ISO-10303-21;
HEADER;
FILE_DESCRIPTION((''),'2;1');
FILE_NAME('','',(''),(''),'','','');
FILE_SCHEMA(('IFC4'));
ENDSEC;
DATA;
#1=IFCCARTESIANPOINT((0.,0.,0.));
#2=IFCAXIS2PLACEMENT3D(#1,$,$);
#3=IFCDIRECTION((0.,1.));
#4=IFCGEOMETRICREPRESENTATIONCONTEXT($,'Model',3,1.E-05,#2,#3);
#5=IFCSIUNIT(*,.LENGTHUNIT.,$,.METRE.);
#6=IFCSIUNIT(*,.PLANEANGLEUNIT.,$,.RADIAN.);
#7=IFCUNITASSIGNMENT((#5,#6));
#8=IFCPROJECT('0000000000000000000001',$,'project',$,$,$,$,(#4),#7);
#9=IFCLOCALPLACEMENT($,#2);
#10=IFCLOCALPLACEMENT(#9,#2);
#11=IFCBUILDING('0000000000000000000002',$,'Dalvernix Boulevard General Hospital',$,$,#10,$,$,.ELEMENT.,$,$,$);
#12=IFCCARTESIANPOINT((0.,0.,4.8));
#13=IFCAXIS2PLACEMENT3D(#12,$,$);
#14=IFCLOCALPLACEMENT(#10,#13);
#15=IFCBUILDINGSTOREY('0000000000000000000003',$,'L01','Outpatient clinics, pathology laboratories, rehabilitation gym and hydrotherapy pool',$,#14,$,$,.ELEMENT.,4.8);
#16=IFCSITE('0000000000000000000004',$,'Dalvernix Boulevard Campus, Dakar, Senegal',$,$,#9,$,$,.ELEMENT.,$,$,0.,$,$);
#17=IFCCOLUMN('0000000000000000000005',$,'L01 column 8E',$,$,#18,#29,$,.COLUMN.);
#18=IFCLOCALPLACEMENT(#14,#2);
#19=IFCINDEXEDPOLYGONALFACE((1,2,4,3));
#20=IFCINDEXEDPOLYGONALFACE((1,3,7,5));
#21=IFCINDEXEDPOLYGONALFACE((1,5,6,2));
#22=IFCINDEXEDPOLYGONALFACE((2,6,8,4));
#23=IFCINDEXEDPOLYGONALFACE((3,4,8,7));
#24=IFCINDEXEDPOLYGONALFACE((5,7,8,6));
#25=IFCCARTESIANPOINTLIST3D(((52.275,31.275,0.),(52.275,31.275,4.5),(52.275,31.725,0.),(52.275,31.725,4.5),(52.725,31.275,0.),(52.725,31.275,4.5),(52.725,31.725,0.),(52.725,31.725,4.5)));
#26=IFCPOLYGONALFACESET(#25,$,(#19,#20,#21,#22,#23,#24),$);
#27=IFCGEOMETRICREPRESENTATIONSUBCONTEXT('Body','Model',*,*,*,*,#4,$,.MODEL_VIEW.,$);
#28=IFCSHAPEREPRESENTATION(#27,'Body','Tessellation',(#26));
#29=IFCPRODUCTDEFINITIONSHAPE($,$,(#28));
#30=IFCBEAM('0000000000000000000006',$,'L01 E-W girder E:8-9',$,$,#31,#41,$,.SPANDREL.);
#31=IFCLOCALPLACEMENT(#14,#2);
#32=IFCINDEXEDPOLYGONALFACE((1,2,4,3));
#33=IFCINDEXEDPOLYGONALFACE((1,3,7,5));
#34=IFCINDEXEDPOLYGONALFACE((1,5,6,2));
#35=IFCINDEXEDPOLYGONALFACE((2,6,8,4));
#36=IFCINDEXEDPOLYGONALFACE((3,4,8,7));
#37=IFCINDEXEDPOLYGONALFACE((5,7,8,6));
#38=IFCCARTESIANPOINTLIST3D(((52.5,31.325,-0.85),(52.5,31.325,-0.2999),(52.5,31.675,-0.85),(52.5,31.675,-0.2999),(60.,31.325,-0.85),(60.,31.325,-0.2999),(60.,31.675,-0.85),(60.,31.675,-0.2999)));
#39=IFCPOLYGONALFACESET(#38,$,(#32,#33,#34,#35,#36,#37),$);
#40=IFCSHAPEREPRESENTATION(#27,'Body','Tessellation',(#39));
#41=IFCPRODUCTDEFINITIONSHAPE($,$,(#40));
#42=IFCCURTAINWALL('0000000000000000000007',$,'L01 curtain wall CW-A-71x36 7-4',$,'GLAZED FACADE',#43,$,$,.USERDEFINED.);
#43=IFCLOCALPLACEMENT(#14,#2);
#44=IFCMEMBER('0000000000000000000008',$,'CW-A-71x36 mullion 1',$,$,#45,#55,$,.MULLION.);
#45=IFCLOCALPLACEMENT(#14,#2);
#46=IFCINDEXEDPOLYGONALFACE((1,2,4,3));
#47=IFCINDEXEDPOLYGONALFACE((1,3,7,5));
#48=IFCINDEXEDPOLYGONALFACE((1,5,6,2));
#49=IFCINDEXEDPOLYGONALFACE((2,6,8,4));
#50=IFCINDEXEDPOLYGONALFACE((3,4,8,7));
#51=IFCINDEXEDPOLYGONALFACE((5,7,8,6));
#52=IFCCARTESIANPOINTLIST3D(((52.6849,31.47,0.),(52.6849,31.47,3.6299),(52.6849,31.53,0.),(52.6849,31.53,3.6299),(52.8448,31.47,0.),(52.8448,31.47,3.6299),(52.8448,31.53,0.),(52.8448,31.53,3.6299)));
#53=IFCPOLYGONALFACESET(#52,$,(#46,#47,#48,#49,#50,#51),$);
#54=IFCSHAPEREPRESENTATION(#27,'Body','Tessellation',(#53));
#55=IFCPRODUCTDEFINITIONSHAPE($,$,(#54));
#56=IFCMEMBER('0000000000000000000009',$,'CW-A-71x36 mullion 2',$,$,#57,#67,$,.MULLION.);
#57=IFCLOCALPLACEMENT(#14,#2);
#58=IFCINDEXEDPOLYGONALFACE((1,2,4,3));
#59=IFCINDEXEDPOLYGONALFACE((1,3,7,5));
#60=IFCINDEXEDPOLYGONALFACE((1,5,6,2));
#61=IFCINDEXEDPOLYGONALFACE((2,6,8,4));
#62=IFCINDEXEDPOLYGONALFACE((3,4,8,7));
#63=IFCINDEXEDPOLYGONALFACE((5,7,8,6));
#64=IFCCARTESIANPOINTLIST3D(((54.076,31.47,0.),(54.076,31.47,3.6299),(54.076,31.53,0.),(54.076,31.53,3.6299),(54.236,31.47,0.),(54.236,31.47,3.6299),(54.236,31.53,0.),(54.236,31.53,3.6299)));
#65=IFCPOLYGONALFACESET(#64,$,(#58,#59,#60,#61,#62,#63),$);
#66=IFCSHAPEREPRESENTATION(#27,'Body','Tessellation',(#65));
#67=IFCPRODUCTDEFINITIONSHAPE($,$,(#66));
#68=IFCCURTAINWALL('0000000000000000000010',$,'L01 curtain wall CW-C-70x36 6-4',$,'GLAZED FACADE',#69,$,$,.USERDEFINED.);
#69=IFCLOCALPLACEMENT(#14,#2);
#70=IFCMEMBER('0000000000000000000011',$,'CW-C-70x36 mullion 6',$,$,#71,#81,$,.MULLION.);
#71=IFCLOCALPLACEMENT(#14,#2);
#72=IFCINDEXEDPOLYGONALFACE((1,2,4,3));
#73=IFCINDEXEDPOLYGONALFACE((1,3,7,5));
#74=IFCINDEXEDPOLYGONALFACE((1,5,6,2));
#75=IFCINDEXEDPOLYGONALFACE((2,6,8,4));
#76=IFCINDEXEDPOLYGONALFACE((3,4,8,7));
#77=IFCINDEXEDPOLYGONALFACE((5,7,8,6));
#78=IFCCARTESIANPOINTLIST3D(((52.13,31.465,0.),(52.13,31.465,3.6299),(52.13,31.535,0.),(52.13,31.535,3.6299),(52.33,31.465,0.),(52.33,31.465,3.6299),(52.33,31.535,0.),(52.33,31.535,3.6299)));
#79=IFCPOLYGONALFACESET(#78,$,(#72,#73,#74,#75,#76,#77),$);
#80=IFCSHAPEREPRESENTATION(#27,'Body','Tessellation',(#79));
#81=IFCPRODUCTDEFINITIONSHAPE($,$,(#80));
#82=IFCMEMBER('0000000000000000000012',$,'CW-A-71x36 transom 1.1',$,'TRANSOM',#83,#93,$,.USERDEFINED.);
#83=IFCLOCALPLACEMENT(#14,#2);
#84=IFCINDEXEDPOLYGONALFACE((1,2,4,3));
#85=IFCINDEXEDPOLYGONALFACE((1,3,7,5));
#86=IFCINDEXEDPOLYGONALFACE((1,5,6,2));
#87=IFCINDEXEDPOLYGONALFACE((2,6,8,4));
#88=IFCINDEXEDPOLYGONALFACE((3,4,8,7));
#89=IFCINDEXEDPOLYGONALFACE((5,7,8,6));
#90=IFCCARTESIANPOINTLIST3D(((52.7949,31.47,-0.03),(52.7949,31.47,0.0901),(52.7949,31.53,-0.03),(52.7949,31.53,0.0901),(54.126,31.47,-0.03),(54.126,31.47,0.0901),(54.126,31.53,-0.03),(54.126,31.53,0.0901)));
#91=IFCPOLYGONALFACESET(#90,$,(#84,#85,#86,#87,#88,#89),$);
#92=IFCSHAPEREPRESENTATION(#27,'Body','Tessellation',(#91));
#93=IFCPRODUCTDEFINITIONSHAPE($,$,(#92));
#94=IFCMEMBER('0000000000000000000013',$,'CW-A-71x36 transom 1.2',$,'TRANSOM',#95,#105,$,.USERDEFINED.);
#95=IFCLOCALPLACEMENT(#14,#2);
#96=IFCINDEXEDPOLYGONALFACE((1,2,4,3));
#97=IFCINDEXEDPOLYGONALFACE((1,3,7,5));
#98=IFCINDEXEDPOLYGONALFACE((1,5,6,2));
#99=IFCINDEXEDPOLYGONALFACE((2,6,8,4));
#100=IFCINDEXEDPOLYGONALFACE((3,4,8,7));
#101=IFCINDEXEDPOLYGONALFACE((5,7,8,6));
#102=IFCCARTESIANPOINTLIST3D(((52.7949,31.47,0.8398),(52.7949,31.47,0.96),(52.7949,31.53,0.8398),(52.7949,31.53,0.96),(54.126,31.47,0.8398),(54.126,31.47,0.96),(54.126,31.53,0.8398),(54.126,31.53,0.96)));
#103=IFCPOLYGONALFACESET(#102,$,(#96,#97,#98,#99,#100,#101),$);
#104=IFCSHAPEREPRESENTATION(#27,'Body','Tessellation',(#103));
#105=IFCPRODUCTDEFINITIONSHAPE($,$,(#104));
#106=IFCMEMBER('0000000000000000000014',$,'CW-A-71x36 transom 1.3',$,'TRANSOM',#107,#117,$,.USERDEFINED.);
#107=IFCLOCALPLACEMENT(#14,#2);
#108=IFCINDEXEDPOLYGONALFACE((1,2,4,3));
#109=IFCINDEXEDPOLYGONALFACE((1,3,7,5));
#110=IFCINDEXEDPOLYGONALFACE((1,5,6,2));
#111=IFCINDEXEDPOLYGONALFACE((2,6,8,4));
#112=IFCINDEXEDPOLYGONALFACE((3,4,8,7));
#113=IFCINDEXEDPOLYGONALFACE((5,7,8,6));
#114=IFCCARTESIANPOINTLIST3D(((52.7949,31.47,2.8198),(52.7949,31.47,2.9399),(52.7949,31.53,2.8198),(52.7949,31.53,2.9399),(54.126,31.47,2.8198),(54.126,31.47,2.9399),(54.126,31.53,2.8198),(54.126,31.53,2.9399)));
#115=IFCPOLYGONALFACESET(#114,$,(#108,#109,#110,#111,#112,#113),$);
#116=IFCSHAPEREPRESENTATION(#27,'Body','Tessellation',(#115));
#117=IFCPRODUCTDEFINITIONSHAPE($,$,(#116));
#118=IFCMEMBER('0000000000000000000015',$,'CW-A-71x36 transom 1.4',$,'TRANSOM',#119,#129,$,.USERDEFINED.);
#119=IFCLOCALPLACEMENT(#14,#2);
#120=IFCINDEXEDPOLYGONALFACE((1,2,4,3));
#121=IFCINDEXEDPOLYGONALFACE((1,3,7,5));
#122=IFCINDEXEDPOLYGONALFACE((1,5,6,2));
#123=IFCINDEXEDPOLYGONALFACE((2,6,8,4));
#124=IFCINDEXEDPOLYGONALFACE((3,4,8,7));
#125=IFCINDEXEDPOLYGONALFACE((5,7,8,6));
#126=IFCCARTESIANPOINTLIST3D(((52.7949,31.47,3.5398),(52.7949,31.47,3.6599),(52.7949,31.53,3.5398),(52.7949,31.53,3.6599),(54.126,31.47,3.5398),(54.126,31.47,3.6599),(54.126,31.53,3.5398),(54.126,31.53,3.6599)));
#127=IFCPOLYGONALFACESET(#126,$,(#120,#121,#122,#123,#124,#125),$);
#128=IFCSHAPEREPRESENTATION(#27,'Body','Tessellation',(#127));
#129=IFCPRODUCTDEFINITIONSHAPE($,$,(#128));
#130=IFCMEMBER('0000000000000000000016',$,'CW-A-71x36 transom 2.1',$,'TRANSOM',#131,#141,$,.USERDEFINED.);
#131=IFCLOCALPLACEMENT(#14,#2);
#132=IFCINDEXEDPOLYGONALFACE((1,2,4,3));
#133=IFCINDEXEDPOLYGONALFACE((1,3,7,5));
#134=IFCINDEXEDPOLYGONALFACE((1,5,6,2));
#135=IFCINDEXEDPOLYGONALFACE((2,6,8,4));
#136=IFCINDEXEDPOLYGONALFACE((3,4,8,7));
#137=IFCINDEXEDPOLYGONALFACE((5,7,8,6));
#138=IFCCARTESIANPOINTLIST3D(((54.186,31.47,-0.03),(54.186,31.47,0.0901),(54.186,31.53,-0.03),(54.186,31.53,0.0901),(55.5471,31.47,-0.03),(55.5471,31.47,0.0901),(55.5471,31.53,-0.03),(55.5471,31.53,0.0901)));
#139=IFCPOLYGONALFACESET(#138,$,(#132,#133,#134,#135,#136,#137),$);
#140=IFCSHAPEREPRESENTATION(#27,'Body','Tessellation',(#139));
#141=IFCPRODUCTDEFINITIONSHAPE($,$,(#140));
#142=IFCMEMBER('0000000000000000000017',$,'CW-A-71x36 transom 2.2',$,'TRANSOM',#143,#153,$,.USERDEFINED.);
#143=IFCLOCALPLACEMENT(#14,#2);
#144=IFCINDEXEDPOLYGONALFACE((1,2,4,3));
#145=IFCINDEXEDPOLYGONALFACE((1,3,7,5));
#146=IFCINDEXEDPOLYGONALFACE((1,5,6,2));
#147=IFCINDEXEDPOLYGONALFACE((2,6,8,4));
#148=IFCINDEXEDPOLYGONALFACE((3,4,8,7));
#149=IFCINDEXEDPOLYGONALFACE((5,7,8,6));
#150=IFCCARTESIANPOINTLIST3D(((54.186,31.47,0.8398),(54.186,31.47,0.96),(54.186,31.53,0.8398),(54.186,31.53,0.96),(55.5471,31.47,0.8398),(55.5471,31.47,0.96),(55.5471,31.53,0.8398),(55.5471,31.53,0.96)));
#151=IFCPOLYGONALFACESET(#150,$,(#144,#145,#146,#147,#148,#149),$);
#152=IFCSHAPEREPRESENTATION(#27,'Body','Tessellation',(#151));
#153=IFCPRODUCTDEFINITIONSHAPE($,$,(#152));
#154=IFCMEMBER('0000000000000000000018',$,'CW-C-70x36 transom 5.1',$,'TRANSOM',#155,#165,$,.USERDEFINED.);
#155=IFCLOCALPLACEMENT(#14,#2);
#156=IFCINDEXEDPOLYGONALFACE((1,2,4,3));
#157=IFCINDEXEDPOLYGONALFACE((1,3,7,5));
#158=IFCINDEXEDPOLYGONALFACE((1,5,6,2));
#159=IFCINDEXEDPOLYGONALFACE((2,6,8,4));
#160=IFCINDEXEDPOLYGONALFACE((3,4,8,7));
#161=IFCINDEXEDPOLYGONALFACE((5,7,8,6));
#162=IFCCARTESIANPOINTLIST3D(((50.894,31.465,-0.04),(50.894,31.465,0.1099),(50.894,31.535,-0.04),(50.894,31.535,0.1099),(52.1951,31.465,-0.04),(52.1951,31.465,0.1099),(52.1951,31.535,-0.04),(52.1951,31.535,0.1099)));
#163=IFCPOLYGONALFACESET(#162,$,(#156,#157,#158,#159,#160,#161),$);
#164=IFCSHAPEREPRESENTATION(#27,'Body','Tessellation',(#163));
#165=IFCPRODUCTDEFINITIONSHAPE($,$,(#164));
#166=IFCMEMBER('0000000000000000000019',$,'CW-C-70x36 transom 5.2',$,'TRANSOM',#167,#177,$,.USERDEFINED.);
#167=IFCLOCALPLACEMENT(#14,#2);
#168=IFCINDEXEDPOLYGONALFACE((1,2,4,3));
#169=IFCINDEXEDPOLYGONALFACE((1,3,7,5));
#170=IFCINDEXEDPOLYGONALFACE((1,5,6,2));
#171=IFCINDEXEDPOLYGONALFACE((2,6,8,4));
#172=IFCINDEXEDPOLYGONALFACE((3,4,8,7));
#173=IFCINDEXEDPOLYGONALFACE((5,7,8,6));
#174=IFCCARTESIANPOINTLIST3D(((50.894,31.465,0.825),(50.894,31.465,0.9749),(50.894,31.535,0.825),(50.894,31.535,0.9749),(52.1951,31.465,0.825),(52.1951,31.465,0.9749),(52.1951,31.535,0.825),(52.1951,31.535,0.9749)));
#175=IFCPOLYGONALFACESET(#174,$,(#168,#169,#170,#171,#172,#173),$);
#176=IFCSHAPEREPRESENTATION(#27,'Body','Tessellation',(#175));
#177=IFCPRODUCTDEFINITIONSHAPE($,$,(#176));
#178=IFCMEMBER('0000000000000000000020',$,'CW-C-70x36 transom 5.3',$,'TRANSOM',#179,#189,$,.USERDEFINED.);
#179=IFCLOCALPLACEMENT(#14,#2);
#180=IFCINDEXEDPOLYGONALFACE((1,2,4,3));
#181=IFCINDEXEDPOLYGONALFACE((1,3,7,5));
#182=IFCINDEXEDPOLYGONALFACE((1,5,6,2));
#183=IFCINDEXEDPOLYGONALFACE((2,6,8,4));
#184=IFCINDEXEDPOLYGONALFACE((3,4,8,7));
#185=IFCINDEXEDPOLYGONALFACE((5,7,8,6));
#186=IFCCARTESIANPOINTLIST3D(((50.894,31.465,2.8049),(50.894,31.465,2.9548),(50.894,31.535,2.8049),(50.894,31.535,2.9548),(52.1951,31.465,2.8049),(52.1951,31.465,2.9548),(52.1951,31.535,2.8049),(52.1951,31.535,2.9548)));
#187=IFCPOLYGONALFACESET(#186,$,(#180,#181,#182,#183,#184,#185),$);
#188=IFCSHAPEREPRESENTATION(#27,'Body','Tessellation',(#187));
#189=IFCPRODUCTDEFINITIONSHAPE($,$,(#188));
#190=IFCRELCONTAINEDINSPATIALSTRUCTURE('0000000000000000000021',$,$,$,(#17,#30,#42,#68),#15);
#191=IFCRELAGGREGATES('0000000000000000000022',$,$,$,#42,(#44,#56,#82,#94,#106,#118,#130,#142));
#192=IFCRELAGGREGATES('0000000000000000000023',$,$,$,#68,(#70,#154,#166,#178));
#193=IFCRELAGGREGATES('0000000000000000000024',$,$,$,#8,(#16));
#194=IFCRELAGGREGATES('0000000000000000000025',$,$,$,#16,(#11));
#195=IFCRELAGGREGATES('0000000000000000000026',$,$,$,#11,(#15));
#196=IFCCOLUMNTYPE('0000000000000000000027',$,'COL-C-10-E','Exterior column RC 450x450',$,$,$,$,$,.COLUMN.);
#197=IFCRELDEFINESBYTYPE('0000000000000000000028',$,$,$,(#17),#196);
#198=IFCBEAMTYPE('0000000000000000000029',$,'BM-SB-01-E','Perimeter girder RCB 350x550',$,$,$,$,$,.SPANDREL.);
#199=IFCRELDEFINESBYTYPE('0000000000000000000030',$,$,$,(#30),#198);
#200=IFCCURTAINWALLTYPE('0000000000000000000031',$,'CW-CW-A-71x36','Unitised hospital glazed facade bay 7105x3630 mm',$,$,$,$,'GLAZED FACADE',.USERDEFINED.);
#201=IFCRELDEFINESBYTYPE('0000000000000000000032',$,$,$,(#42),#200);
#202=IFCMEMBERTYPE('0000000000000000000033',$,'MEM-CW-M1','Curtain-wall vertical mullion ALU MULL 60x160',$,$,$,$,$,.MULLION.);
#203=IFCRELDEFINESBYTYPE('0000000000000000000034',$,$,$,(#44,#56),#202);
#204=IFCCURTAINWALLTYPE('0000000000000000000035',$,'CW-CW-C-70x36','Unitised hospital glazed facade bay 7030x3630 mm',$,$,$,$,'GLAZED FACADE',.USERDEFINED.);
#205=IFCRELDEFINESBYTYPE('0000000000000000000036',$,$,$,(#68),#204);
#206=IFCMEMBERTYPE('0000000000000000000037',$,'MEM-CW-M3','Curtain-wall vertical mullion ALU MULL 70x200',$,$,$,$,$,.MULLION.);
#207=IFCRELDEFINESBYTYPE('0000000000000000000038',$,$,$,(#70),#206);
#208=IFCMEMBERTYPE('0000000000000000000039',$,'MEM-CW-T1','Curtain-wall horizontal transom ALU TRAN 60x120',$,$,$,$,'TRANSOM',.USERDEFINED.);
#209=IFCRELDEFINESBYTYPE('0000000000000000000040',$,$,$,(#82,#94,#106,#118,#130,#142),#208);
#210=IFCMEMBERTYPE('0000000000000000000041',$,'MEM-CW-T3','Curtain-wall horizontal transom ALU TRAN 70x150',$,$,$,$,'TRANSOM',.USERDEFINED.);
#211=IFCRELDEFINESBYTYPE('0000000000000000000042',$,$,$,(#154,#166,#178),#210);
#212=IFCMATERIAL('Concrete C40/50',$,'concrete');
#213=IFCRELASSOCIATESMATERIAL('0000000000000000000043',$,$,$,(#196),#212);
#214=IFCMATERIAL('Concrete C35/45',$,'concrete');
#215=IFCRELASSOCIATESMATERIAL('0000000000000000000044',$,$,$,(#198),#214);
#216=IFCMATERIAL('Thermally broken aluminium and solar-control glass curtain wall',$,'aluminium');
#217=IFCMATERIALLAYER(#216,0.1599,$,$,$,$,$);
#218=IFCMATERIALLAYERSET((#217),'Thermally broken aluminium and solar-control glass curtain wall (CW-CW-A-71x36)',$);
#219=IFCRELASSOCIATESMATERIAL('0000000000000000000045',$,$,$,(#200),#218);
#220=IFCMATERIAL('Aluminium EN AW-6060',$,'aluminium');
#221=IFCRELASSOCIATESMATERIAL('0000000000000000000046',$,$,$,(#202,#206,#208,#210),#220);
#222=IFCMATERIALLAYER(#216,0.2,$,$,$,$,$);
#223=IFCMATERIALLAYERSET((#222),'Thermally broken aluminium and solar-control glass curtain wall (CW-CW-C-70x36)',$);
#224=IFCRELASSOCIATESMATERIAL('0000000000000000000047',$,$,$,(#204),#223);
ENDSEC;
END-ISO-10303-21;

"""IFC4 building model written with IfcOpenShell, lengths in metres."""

from ifc_helpers import new_model, si_unit, direction, frame, origin, origin_2d, place, context, subcontext, project, spatial, rectangle, extrude, material, layer, layer_set, material_profile, profile_set, type_object, element, aggregate, save


model = new_model("IFC4")

# Units and contexts
model_context = context("Model", 3, precision=1e-05, world=origin(), true_north=direction((0.0, 1.0)))
body_context = subcontext(model_context, "Body", "Model", "MODEL_VIEW")
ifc_project = project(units=[si_unit("LENGTHUNIT", "METRE"), si_unit("PLANEANGLEUNIT", "RADIAN")], contexts=[model_context])

# Site, building, storey
site_placement = place(None, origin())
site = spatial("IfcSite", under=ifc_project, at=site_placement, Name="Dalvernix Boulevard Campus, Dakar, Senegal", CompositionType="ELEMENT", RefElevation=0.0)
building_placement = place(site_placement, origin())
building = spatial("IfcBuilding", under=site, at=building_placement, Name="Dalvernix Boulevard General Hospital", CompositionType="ELEMENT")
storey_placement = place(building_placement, frame((0.0, 0.0, 4.8)))
storey = spatial("IfcBuildingStorey", under=building, at=storey_placement, Name="L01", Description="Outpatient clinics, pathology laboratories, rehabilitation gym and hydrotherapy pool", CompositionType="ELEMENT", Elevation=4.8)

# Column
ifc_material_1 = material(Name="Concrete C40/50", Category="concrete")
ifc_material_profile_1 = material_profile(ifc_material_1, rectangle(XDim=0.45, YDim=0.45, at=origin_2d()), Name="RC 450x450")
ifc_profile_set_1 = profile_set([ifc_material_profile_1], Name="Concrete C40/50")
column_type = type_object("IfcColumnType", Name="COL-C-10-E", Description="Exterior column RC 450x450", PredefinedType="COLUMN", material=ifc_profile_set_1)
column_placement = place(storey_placement, frame((52.5, 31.5, 0.0), z_axis=(0.0, 0.0, 1.0), x_axis=(1.0, 0.0, 0.0)))
element("IfcColumn", 1, at=column_placement, inside=storey, type_object=column_type, Name="L01 column 8E", PredefinedType="COLUMN", context=body_context, shape_type="SweptSolid", body=[
    extrude(rectangle(XDim=0.45, YDim=0.45, at=origin_2d()), origin(), (0.0, 0.0, 1.0), 4.5),
])

# Beam
ifc_material_2 = material(Name="Concrete C35/45", Category="concrete")
ifc_material_profile_2 = material_profile(ifc_material_2, rectangle(XDim=0.3501, YDim=0.55, at=origin_2d()), Name="RCB 350x550")
ifc_profile_set_2 = profile_set([ifc_material_profile_2], Name="Concrete C35/45")
beam_type = type_object("IfcBeamType", Name="BM-SB-01-E", Description="Perimeter girder RCB 350x550", PredefinedType="SPANDREL", material=ifc_profile_set_2)
beam_placement = place(storey_placement, frame((52.5, 31.5, -0.575), z_axis=(1.0, 0.0, 0.0), x_axis=(0.0, 1.0, 0.0)))
element("IfcBeam", 2, at=beam_placement, inside=storey, type_object=beam_type, Name="L01 E-W girder E:8-9", PredefinedType="SPANDREL", context=body_context, shape_type="SweptSolid", body=[
    extrude(rectangle(XDim=0.3501, YDim=0.55, at=origin_2d()), origin(), (0.0, 0.0, 1.0), 7.5),
])

# Curtain wall, members
ifc_material_3 = material(Name="Thermally broken aluminium and solar-control glass curtain wall", Category="aluminium")
ifc_layer_1 = layer(ifc_material_3, 0.1599)
ifc_layer_set_1 = layer_set([ifc_layer_1], Name="Thermally broken aluminium and solar-control glass curtain wall (CW-CW-A-71x36)")
curtain_wall_type_1 = type_object("IfcCurtainWallType", Name="CW-CW-A-71x36", Description="Unitised hospital glazed facade bay 7105x3630 mm", ElementType="GLAZED FACADE", PredefinedType="USERDEFINED", material=ifc_layer_set_1)
curtain_wall_1_placement = place(storey_placement, origin())
curtain_wall_1 = element("IfcCurtainWall", 3, at=curtain_wall_1_placement, inside=storey, type_object=curtain_wall_type_1, Name="L01 curtain wall CW-A-71x36 7-4", ObjectType="GLAZED FACADE", PredefinedType="USERDEFINED")
ifc_material_4 = material(Name="Aluminium EN AW-6060", Category="aluminium")
ifc_material_profile_3 = material_profile(ifc_material_4, rectangle(XDim=0.0601, YDim=0.1599, at=origin_2d()), Name="ALU MULL 60x160")
ifc_profile_set_3 = profile_set([ifc_material_profile_3], Name="Aluminium EN AW-6060")
member_type_1 = type_object("IfcMemberType", Name="MEM-CW-M1", Description="Curtain-wall vertical mullion ALU MULL 60x160", PredefinedType="MULLION", material=ifc_profile_set_3)
member_1_placement = place(storey_placement, frame((52.7649, 31.5, 0.0), z_axis=(0.0, 0.0, 1.0), x_axis=(0.0, 1.0, 0.0)))
member_1 = element("IfcMember", 4, at=member_1_placement, type_object=member_type_1, Name="CW-A-71x36 mullion 1", PredefinedType="MULLION", context=body_context, shape_type="SweptSolid", body=[
    extrude(rectangle(XDim=0.0601, YDim=0.1599, at=origin_2d()), origin(), (0.0, 0.0, 1.0), 3.6299),
])
member_2_placement = place(storey_placement, frame((54.156, 31.5, 0.0), z_axis=(0.0, 0.0, 1.0), x_axis=(0.0, 1.0, 0.0)))
member_2 = element("IfcMember", 5, at=member_2_placement, type_object=member_type_1, Name="CW-A-71x36 mullion 2", PredefinedType="MULLION", context=body_context, shape_type="SweptSolid", body=[
    extrude(rectangle(XDim=0.0601, YDim=0.1599, at=origin_2d()), origin(), (0.0, 0.0, 1.0), 3.6299),
])

# Curtain wall, member
ifc_layer_2 = layer(ifc_material_3, 0.2)
ifc_layer_set_2 = layer_set([ifc_layer_2], Name="Thermally broken aluminium and solar-control glass curtain wall (CW-CW-C-70x36)")
curtain_wall_type_2 = type_object("IfcCurtainWallType", Name="CW-CW-C-70x36", Description="Unitised hospital glazed facade bay 7030x3630 mm", ElementType="GLAZED FACADE", PredefinedType="USERDEFINED", material=ifc_layer_set_2)
curtain_wall_2_placement = place(storey_placement, origin())
curtain_wall_2 = element("IfcCurtainWall", 6, at=curtain_wall_2_placement, inside=storey, type_object=curtain_wall_type_2, Name="L01 curtain wall CW-C-70x36 6-4", ObjectType="GLAZED FACADE", PredefinedType="USERDEFINED")
ifc_material_profile_4 = material_profile(ifc_material_4, rectangle(XDim=0.0701, YDim=0.2, at=origin_2d()), Name="ALU MULL 70x200")
ifc_profile_set_4 = profile_set([ifc_material_profile_4], Name="Aluminium EN AW-6060")
member_type_2 = type_object("IfcMemberType", Name="MEM-CW-M3", Description="Curtain-wall vertical mullion ALU MULL 70x200", PredefinedType="MULLION", material=ifc_profile_set_4)
member_3_placement = place(storey_placement, frame((52.23, 31.5, 0.0), z_axis=(0.0, 0.0, 1.0), x_axis=(0.0, 1.0, 0.0)))
member_3 = element("IfcMember", 7, at=member_3_placement, type_object=member_type_2, Name="CW-C-70x36 mullion 6", PredefinedType="MULLION", context=body_context, shape_type="SweptSolid", body=[
    extrude(rectangle(XDim=0.0701, YDim=0.2, at=origin_2d()), origin(), (0.0, 0.0, 1.0), 3.6299),
])

# Members
ifc_material_profile_5 = material_profile(ifc_material_4, rectangle(XDim=0.0601, YDim=0.1201, at=origin_2d()), Name="ALU TRAN 60x120")
ifc_profile_set_5 = profile_set([ifc_material_profile_5], Name="Aluminium EN AW-6060")
member_type_3 = type_object("IfcMemberType", Name="MEM-CW-T1", Description="Curtain-wall horizontal transom ALU TRAN 60x120", ElementType="TRANSOM", PredefinedType="USERDEFINED", material=ifc_profile_set_5)
member_4_placement = place(storey_placement, frame((52.7949, 31.5, 0.03), z_axis=(1.0, 0.0, 0.0), x_axis=(0.0, 1.0, 0.0)))
member_4 = element("IfcMember", 8, at=member_4_placement, type_object=member_type_3, Name="CW-A-71x36 transom 1.1", ObjectType="TRANSOM", PredefinedType="USERDEFINED", context=body_context, shape_type="SweptSolid", body=[
    extrude(rectangle(XDim=0.0601, YDim=0.1201, at=origin_2d()), origin(), (0.0, 0.0, 1.0), 1.3311),
])
member_5_placement = place(storey_placement, frame((52.7949, 31.5, 0.8999), z_axis=(1.0, 0.0, 0.0), x_axis=(0.0, 1.0, 0.0)))
member_5 = element("IfcMember", 9, at=member_5_placement, type_object=member_type_3, Name="CW-A-71x36 transom 1.2", ObjectType="TRANSOM", PredefinedType="USERDEFINED", context=body_context, shape_type="SweptSolid", body=[
    extrude(rectangle(XDim=0.0601, YDim=0.1201, at=origin_2d()), origin(), (0.0, 0.0, 1.0), 1.3311),
])
member_6_placement = place(storey_placement, frame((52.7949, 31.5, 2.8799), z_axis=(1.0, 0.0, 0.0), x_axis=(0.0, 1.0, 0.0)))
member_6 = element("IfcMember", 10, at=member_6_placement, type_object=member_type_3, Name="CW-A-71x36 transom 1.3", ObjectType="TRANSOM", PredefinedType="USERDEFINED", context=body_context, shape_type="SweptSolid", body=[
    extrude(rectangle(XDim=0.0601, YDim=0.1201, at=origin_2d()), origin(), (0.0, 0.0, 1.0), 1.3311),
])
member_7_placement = place(storey_placement, frame((52.7949, 31.5, 3.5999), z_axis=(1.0, 0.0, 0.0), x_axis=(0.0, 1.0, 0.0)))
member_7 = element("IfcMember", 11, at=member_7_placement, type_object=member_type_3, Name="CW-A-71x36 transom 1.4", ObjectType="TRANSOM", PredefinedType="USERDEFINED", context=body_context, shape_type="SweptSolid", body=[
    extrude(rectangle(XDim=0.0601, YDim=0.1201, at=origin_2d()), origin(), (0.0, 0.0, 1.0), 1.3311),
])
member_8_placement = place(storey_placement, frame((54.186, 31.5, 0.03), z_axis=(1.0, 0.0, 0.0), x_axis=(0.0, 1.0, 0.0)))
member_8 = element("IfcMember", 12, at=member_8_placement, type_object=member_type_3, Name="CW-A-71x36 transom 2.1", ObjectType="TRANSOM", PredefinedType="USERDEFINED", context=body_context, shape_type="SweptSolid", body=[
    extrude(rectangle(XDim=0.0601, YDim=0.1201, at=origin_2d()), origin(), (0.0, 0.0, 1.0), 1.3611),
])
member_9_placement = place(storey_placement, frame((54.186, 31.5, 0.8999), z_axis=(1.0, 0.0, 0.0), x_axis=(0.0, 1.0, 0.0)))
member_9 = element("IfcMember", 13, at=member_9_placement, type_object=member_type_3, Name="CW-A-71x36 transom 2.2", ObjectType="TRANSOM", PredefinedType="USERDEFINED", context=body_context, shape_type="SweptSolid", body=[
    extrude(rectangle(XDim=0.0601, YDim=0.1201, at=origin_2d()), origin(), (0.0, 0.0, 1.0), 1.3611),
])
ifc_material_profile_6 = material_profile(ifc_material_4, rectangle(XDim=0.0701, YDim=0.1499, at=origin_2d()), Name="ALU TRAN 70x150")
ifc_profile_set_6 = profile_set([ifc_material_profile_6], Name="Aluminium EN AW-6060")
member_type_4 = type_object("IfcMemberType", Name="MEM-CW-T3", Description="Curtain-wall horizontal transom ALU TRAN 70x150", ElementType="TRANSOM", PredefinedType="USERDEFINED", material=ifc_profile_set_6)
member_10_placement = place(storey_placement, frame((50.894, 31.5, 0.0349), z_axis=(1.0, 0.0, 0.0), x_axis=(0.0, 1.0, 0.0)))
member_10 = element("IfcMember", 14, at=member_10_placement, type_object=member_type_4, Name="CW-C-70x36 transom 5.1", ObjectType="TRANSOM", PredefinedType="USERDEFINED", context=body_context, shape_type="SweptSolid", body=[
    extrude(rectangle(XDim=0.0701, YDim=0.1499, at=origin_2d()), origin(), (0.0, 0.0, 1.0), 1.301),
])
member_11_placement = place(storey_placement, frame((50.894, 31.5, 0.8999), z_axis=(1.0, 0.0, 0.0), x_axis=(0.0, 1.0, 0.0)))
member_11 = element("IfcMember", 15, at=member_11_placement, type_object=member_type_4, Name="CW-C-70x36 transom 5.2", ObjectType="TRANSOM", PredefinedType="USERDEFINED", context=body_context, shape_type="SweptSolid", body=[
    extrude(rectangle(XDim=0.0701, YDim=0.1499, at=origin_2d()), origin(), (0.0, 0.0, 1.0), 1.301),
])
member_12_placement = place(storey_placement, frame((50.894, 31.5, 2.8799), z_axis=(1.0, 0.0, 0.0), x_axis=(0.0, 1.0, 0.0)))
member_12 = element("IfcMember", 16, at=member_12_placement, type_object=member_type_4, Name="CW-C-70x36 transom 5.3", ObjectType="TRANSOM", PredefinedType="USERDEFINED", context=body_context, shape_type="SweptSolid", body=[
    extrude(rectangle(XDim=0.0701, YDim=0.1499, at=origin_2d()), origin(), (0.0, 0.0, 1.0), 1.301),
])

aggregate(curtain_wall_1, [member_1, member_2, member_4, member_5, member_6, member_7, member_8, member_9])
aggregate(curtain_wall_2, [member_3, member_10, member_11, member_12])

save(model, "model.ifc")
